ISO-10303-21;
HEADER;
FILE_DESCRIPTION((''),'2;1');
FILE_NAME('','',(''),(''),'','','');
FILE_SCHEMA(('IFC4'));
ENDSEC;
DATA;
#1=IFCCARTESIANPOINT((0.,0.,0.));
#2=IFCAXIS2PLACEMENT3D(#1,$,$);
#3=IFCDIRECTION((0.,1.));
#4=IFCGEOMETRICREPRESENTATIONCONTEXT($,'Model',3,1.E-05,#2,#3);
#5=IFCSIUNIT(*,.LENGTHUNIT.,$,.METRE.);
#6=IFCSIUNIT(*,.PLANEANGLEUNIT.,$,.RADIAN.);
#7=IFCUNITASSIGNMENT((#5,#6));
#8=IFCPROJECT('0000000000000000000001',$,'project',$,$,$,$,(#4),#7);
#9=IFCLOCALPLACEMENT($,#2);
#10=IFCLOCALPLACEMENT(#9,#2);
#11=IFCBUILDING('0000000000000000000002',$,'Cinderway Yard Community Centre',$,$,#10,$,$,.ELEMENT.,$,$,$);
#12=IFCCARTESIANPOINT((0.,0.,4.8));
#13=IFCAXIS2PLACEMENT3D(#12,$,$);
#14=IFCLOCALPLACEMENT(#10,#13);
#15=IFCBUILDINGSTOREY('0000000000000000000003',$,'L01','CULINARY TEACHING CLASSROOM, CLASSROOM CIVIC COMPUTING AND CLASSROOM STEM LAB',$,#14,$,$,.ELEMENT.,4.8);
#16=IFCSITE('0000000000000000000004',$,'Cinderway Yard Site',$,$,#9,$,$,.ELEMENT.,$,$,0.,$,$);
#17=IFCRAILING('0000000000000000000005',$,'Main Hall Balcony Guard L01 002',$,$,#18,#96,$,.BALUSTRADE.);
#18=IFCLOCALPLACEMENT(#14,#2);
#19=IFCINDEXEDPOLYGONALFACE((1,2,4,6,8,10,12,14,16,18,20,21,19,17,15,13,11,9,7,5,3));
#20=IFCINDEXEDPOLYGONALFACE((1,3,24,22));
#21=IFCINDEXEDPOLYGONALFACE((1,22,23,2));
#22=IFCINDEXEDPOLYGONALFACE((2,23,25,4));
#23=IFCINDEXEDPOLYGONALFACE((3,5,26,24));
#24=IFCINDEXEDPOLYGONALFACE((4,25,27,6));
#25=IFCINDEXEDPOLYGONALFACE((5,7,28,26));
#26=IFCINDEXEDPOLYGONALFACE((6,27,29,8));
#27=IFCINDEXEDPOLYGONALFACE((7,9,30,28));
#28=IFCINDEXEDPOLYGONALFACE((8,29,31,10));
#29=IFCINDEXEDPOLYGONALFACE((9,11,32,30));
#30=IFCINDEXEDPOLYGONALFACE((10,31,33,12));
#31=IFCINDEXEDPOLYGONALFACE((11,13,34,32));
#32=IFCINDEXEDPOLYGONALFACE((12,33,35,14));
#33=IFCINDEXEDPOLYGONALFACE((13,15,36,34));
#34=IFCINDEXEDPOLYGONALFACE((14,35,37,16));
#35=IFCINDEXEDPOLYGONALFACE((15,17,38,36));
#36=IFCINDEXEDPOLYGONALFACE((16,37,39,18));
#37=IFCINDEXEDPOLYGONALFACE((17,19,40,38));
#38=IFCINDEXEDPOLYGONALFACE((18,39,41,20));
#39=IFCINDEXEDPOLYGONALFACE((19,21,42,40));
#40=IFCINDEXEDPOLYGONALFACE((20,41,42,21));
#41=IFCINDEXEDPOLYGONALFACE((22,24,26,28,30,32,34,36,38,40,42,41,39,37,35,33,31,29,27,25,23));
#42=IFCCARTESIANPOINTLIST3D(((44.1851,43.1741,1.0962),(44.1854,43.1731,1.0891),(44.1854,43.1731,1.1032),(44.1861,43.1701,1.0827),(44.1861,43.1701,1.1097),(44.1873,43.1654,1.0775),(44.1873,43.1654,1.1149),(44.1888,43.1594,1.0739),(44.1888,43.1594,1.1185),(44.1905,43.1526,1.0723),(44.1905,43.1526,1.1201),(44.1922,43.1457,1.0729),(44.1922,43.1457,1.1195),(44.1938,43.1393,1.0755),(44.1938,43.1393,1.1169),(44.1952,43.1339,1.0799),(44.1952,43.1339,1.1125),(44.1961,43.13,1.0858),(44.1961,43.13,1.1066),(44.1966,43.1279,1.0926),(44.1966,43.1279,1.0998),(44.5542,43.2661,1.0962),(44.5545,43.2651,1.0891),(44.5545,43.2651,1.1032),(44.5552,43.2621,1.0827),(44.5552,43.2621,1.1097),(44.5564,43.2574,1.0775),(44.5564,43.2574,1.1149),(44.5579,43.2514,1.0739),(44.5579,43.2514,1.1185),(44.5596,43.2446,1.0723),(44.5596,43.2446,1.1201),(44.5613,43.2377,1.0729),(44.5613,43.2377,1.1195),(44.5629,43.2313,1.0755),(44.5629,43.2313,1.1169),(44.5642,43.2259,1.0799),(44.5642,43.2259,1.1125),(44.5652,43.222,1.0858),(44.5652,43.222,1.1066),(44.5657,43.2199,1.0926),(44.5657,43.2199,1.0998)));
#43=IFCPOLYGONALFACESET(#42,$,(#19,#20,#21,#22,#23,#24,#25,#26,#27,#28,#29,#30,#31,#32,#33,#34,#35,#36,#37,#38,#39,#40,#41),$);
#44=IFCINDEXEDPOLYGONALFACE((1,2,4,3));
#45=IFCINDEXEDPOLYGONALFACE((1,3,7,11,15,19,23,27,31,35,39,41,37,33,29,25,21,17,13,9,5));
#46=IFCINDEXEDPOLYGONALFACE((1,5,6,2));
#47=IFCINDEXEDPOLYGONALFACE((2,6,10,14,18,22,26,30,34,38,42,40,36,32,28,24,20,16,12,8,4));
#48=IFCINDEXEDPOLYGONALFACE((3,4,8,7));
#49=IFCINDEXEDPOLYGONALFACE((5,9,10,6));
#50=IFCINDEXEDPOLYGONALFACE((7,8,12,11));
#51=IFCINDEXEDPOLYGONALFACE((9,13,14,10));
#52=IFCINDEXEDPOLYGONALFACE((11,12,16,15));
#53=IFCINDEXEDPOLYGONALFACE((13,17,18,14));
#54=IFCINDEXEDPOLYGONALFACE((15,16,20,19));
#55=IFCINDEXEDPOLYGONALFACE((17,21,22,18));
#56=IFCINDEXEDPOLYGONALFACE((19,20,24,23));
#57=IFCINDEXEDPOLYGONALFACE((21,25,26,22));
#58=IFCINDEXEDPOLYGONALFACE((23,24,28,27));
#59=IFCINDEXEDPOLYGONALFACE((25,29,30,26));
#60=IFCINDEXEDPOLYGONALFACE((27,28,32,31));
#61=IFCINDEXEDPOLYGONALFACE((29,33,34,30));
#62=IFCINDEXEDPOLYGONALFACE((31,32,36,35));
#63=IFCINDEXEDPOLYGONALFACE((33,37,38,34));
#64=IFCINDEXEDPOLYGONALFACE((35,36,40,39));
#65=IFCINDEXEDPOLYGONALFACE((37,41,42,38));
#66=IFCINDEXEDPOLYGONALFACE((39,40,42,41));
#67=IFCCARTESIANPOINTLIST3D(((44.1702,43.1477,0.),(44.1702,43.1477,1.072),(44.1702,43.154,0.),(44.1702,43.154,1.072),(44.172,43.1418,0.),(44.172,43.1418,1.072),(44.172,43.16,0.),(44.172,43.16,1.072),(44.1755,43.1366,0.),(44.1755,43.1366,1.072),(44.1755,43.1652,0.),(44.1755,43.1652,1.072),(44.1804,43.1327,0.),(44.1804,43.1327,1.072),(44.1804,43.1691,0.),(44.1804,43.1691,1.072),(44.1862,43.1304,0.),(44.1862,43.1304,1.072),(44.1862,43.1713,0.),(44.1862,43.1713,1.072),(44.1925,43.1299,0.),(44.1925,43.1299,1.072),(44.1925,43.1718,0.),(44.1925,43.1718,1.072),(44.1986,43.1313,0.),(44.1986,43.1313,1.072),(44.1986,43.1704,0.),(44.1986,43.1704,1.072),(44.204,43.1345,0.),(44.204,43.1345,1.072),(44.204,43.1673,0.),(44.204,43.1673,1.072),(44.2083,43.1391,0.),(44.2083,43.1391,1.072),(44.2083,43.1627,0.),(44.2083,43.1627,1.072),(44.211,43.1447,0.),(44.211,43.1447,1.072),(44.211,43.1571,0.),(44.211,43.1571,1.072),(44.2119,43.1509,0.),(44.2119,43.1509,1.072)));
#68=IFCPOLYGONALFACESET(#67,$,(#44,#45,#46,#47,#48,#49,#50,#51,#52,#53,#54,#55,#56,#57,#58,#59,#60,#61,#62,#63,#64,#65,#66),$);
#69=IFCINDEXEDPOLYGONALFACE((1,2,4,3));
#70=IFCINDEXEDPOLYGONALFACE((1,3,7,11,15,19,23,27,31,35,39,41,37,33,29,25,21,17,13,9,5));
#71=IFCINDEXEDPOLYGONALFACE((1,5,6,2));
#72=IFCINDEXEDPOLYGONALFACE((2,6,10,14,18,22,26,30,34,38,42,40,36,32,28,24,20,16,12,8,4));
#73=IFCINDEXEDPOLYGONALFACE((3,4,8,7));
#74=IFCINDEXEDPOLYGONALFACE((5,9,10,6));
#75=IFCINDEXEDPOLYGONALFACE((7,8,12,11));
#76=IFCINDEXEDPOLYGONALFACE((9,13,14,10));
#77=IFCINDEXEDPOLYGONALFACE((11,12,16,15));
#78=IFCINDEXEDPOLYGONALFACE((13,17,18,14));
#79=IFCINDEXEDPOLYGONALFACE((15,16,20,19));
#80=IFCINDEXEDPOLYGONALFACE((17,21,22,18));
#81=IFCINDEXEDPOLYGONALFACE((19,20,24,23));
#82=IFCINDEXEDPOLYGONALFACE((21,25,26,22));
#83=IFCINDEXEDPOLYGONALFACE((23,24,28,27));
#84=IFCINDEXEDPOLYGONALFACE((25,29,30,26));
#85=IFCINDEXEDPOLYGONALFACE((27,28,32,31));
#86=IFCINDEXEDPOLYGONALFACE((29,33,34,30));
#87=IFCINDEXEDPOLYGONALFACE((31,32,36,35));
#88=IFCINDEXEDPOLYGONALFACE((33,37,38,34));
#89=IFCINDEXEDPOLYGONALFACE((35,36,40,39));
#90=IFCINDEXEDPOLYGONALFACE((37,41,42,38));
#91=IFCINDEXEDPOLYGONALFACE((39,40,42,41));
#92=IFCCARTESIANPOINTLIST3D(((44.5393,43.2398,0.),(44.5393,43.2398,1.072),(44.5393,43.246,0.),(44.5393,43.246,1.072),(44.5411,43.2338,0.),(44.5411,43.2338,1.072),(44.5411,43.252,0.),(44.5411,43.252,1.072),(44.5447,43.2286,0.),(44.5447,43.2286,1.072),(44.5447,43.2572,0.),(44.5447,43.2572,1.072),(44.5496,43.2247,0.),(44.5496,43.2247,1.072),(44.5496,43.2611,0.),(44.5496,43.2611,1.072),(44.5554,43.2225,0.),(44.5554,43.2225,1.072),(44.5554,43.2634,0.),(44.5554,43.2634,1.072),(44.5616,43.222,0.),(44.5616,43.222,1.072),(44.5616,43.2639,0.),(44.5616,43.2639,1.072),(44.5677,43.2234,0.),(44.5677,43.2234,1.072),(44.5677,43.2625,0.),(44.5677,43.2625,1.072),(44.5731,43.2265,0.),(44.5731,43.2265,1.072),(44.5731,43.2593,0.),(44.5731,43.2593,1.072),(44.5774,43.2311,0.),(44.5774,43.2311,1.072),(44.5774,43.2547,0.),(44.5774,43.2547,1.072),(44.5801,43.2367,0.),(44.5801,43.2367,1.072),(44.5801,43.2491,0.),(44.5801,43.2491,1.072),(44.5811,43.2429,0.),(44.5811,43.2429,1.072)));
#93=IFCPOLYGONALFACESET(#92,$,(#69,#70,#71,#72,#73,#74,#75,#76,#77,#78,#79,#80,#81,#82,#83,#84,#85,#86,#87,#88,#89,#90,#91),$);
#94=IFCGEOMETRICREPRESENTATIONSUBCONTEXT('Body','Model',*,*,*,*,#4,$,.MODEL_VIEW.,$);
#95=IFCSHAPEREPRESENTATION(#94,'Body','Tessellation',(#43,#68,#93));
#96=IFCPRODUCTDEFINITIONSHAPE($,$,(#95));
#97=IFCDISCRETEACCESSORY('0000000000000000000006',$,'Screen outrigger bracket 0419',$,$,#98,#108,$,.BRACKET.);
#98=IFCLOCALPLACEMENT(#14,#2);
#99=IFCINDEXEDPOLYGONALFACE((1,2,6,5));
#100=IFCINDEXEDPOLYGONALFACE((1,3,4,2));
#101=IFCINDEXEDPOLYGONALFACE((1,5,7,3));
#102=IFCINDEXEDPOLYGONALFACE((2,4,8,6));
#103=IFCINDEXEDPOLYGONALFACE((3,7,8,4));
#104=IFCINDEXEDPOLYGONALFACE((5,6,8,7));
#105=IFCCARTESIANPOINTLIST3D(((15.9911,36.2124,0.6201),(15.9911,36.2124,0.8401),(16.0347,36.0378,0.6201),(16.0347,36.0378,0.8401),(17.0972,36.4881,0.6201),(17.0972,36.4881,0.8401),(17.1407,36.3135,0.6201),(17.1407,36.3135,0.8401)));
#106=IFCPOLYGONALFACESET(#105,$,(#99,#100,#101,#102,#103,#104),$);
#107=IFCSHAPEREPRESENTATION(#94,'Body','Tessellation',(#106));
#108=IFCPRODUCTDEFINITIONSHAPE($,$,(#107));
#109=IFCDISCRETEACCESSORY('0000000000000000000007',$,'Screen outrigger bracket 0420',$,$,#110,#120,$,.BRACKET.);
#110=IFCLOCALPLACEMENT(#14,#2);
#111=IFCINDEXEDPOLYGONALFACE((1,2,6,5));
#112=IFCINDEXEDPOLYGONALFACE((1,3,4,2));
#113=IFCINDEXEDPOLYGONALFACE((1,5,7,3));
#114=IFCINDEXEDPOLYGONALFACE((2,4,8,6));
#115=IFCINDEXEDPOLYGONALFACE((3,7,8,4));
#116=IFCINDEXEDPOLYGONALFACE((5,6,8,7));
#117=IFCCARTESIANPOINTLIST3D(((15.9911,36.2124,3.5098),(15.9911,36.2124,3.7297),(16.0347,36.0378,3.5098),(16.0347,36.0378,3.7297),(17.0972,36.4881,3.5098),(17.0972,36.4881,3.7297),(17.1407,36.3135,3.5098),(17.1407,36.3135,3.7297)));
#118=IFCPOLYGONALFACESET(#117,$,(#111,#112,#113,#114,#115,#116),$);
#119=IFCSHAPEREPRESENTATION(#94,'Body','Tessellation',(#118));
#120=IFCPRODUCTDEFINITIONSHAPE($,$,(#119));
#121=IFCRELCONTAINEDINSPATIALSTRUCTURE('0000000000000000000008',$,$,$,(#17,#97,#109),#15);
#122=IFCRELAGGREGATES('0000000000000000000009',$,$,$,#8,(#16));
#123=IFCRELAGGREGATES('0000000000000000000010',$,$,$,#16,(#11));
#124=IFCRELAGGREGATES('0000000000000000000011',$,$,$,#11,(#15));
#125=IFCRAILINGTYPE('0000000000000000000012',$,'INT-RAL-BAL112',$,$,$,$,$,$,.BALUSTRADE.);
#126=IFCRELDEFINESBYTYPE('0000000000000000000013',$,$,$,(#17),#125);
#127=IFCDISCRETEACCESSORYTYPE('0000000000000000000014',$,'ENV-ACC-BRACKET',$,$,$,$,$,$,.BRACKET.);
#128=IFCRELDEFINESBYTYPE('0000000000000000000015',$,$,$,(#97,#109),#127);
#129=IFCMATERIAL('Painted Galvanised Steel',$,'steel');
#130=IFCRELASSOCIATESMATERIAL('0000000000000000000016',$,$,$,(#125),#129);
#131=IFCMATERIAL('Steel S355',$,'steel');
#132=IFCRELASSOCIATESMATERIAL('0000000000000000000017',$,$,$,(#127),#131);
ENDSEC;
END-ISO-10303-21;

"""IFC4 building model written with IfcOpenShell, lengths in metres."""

from ifc_helpers import new_model, si_unit, direction, frame, origin, origin_2d, place, context, subcontext, project, spatial, rectangle, circle, extrude, material, type_object, element, save


model = new_model("IFC4")

# Units and contexts
model_context = context("Model", 3, precision=1e-05, world=origin(), true_north=direction((0.0, 1.0)))
body_context = subcontext(model_context, "Body", "Model", "MODEL_VIEW")
ifc_project = project(units=[si_unit("LENGTHUNIT", "METRE"), si_unit("PLANEANGLEUNIT", "RADIAN")], contexts=[model_context])

# Site, building, storey
site_placement = place(None, origin())
site = spatial("IfcSite", under=ifc_project, at=site_placement, Name="Cinderway Yard Site", CompositionType="ELEMENT", RefElevation=0.0)
building_placement = place(site_placement, origin())
building = spatial("IfcBuilding", under=site, at=building_placement, Name="Cinderway Yard Community Centre", CompositionType="ELEMENT")
storey_placement = place(building_placement, frame((0.0, 0.0, 4.8)))
storey = spatial("IfcBuildingStorey", under=building, at=storey_placement, Name="L01", Description="CULINARY TEACHING CLASSROOM, CLASSROOM CIVIC COMPUTING AND CLASSROOM STEM LAB", CompositionType="ELEMENT", Elevation=4.8)

# Shared definitions
ifc_material_1 = material(Name="Steel S355", Category="steel")

# Railing
ifc_material_2 = material(Name="Painted Galvanised Steel", Category="steel")
railing_type = type_object("IfcRailingType", Name="INT-RAL-BAL112", PredefinedType="BALUSTRADE", material=ifc_material_2)
railing_1_placement = place(storey_placement, frame((44.1909, 43.1509, 0.0)))
element("IfcRailing", 1, at=railing_1_placement, inside=storey, type_object=railing_type, Name="Main Hall Balcony Guard L01 002", PredefinedType="BALUSTRADE", context=body_context, shape_type="SweptSolid", body=[
    extrude(circle(Radius=0.0239, at=origin_2d()), frame((0.0, 0.0, 1.0962), z_axis=(0.970293, 0.241932, 0.0), x_axis=(-0.241932, 0.970293, 0.0)), (0.0, 0.0, 1.0), 0.3804),
    extrude(circle(Radius=0.021, at=origin_2d()), origin(), (0.0, 0.0, 1.0), 1.072),
    extrude(circle(Radius=0.021, at=origin_2d()), frame((0.3691, 0.092, 0.0)), (0.0, 0.0, 1.0), 1.072),
])

# Discrete accessories
discrete_accessory_type = type_object("IfcDiscreteAccessoryType", Name="ENV-ACC-BRACKET", PredefinedType="BRACKET", material=ifc_material_1)
for number, where, z_axis, x_axis, name in (
    (2, (16.5659, 36.2629, 0.6201), (0.0, 0.0, 1.0), (-0.970296, -0.241922, 0.0), "Screen outrigger bracket 0419"),
    (3, (16.5659, 36.2629, 3.5098), (0.0, 0.0, 1.0), (-0.970296, -0.241922, 0.0), "Screen outrigger bracket 0420"),
):
    element("IfcDiscreteAccessory", number, at=place(storey_placement, frame(where, z_axis=z_axis, x_axis=x_axis)), inside=storey, type_object=discrete_accessory_type, Name=name, PredefinedType="BRACKET", context=body_context, shape_type="SweptSolid", body=[
        extrude(rectangle(XDim=1.1399, YDim=0.1799, at=origin_2d()), origin(), (0.0, 0.0, 1.0), 0.22),
    ])

save(model, "model.ifc")
